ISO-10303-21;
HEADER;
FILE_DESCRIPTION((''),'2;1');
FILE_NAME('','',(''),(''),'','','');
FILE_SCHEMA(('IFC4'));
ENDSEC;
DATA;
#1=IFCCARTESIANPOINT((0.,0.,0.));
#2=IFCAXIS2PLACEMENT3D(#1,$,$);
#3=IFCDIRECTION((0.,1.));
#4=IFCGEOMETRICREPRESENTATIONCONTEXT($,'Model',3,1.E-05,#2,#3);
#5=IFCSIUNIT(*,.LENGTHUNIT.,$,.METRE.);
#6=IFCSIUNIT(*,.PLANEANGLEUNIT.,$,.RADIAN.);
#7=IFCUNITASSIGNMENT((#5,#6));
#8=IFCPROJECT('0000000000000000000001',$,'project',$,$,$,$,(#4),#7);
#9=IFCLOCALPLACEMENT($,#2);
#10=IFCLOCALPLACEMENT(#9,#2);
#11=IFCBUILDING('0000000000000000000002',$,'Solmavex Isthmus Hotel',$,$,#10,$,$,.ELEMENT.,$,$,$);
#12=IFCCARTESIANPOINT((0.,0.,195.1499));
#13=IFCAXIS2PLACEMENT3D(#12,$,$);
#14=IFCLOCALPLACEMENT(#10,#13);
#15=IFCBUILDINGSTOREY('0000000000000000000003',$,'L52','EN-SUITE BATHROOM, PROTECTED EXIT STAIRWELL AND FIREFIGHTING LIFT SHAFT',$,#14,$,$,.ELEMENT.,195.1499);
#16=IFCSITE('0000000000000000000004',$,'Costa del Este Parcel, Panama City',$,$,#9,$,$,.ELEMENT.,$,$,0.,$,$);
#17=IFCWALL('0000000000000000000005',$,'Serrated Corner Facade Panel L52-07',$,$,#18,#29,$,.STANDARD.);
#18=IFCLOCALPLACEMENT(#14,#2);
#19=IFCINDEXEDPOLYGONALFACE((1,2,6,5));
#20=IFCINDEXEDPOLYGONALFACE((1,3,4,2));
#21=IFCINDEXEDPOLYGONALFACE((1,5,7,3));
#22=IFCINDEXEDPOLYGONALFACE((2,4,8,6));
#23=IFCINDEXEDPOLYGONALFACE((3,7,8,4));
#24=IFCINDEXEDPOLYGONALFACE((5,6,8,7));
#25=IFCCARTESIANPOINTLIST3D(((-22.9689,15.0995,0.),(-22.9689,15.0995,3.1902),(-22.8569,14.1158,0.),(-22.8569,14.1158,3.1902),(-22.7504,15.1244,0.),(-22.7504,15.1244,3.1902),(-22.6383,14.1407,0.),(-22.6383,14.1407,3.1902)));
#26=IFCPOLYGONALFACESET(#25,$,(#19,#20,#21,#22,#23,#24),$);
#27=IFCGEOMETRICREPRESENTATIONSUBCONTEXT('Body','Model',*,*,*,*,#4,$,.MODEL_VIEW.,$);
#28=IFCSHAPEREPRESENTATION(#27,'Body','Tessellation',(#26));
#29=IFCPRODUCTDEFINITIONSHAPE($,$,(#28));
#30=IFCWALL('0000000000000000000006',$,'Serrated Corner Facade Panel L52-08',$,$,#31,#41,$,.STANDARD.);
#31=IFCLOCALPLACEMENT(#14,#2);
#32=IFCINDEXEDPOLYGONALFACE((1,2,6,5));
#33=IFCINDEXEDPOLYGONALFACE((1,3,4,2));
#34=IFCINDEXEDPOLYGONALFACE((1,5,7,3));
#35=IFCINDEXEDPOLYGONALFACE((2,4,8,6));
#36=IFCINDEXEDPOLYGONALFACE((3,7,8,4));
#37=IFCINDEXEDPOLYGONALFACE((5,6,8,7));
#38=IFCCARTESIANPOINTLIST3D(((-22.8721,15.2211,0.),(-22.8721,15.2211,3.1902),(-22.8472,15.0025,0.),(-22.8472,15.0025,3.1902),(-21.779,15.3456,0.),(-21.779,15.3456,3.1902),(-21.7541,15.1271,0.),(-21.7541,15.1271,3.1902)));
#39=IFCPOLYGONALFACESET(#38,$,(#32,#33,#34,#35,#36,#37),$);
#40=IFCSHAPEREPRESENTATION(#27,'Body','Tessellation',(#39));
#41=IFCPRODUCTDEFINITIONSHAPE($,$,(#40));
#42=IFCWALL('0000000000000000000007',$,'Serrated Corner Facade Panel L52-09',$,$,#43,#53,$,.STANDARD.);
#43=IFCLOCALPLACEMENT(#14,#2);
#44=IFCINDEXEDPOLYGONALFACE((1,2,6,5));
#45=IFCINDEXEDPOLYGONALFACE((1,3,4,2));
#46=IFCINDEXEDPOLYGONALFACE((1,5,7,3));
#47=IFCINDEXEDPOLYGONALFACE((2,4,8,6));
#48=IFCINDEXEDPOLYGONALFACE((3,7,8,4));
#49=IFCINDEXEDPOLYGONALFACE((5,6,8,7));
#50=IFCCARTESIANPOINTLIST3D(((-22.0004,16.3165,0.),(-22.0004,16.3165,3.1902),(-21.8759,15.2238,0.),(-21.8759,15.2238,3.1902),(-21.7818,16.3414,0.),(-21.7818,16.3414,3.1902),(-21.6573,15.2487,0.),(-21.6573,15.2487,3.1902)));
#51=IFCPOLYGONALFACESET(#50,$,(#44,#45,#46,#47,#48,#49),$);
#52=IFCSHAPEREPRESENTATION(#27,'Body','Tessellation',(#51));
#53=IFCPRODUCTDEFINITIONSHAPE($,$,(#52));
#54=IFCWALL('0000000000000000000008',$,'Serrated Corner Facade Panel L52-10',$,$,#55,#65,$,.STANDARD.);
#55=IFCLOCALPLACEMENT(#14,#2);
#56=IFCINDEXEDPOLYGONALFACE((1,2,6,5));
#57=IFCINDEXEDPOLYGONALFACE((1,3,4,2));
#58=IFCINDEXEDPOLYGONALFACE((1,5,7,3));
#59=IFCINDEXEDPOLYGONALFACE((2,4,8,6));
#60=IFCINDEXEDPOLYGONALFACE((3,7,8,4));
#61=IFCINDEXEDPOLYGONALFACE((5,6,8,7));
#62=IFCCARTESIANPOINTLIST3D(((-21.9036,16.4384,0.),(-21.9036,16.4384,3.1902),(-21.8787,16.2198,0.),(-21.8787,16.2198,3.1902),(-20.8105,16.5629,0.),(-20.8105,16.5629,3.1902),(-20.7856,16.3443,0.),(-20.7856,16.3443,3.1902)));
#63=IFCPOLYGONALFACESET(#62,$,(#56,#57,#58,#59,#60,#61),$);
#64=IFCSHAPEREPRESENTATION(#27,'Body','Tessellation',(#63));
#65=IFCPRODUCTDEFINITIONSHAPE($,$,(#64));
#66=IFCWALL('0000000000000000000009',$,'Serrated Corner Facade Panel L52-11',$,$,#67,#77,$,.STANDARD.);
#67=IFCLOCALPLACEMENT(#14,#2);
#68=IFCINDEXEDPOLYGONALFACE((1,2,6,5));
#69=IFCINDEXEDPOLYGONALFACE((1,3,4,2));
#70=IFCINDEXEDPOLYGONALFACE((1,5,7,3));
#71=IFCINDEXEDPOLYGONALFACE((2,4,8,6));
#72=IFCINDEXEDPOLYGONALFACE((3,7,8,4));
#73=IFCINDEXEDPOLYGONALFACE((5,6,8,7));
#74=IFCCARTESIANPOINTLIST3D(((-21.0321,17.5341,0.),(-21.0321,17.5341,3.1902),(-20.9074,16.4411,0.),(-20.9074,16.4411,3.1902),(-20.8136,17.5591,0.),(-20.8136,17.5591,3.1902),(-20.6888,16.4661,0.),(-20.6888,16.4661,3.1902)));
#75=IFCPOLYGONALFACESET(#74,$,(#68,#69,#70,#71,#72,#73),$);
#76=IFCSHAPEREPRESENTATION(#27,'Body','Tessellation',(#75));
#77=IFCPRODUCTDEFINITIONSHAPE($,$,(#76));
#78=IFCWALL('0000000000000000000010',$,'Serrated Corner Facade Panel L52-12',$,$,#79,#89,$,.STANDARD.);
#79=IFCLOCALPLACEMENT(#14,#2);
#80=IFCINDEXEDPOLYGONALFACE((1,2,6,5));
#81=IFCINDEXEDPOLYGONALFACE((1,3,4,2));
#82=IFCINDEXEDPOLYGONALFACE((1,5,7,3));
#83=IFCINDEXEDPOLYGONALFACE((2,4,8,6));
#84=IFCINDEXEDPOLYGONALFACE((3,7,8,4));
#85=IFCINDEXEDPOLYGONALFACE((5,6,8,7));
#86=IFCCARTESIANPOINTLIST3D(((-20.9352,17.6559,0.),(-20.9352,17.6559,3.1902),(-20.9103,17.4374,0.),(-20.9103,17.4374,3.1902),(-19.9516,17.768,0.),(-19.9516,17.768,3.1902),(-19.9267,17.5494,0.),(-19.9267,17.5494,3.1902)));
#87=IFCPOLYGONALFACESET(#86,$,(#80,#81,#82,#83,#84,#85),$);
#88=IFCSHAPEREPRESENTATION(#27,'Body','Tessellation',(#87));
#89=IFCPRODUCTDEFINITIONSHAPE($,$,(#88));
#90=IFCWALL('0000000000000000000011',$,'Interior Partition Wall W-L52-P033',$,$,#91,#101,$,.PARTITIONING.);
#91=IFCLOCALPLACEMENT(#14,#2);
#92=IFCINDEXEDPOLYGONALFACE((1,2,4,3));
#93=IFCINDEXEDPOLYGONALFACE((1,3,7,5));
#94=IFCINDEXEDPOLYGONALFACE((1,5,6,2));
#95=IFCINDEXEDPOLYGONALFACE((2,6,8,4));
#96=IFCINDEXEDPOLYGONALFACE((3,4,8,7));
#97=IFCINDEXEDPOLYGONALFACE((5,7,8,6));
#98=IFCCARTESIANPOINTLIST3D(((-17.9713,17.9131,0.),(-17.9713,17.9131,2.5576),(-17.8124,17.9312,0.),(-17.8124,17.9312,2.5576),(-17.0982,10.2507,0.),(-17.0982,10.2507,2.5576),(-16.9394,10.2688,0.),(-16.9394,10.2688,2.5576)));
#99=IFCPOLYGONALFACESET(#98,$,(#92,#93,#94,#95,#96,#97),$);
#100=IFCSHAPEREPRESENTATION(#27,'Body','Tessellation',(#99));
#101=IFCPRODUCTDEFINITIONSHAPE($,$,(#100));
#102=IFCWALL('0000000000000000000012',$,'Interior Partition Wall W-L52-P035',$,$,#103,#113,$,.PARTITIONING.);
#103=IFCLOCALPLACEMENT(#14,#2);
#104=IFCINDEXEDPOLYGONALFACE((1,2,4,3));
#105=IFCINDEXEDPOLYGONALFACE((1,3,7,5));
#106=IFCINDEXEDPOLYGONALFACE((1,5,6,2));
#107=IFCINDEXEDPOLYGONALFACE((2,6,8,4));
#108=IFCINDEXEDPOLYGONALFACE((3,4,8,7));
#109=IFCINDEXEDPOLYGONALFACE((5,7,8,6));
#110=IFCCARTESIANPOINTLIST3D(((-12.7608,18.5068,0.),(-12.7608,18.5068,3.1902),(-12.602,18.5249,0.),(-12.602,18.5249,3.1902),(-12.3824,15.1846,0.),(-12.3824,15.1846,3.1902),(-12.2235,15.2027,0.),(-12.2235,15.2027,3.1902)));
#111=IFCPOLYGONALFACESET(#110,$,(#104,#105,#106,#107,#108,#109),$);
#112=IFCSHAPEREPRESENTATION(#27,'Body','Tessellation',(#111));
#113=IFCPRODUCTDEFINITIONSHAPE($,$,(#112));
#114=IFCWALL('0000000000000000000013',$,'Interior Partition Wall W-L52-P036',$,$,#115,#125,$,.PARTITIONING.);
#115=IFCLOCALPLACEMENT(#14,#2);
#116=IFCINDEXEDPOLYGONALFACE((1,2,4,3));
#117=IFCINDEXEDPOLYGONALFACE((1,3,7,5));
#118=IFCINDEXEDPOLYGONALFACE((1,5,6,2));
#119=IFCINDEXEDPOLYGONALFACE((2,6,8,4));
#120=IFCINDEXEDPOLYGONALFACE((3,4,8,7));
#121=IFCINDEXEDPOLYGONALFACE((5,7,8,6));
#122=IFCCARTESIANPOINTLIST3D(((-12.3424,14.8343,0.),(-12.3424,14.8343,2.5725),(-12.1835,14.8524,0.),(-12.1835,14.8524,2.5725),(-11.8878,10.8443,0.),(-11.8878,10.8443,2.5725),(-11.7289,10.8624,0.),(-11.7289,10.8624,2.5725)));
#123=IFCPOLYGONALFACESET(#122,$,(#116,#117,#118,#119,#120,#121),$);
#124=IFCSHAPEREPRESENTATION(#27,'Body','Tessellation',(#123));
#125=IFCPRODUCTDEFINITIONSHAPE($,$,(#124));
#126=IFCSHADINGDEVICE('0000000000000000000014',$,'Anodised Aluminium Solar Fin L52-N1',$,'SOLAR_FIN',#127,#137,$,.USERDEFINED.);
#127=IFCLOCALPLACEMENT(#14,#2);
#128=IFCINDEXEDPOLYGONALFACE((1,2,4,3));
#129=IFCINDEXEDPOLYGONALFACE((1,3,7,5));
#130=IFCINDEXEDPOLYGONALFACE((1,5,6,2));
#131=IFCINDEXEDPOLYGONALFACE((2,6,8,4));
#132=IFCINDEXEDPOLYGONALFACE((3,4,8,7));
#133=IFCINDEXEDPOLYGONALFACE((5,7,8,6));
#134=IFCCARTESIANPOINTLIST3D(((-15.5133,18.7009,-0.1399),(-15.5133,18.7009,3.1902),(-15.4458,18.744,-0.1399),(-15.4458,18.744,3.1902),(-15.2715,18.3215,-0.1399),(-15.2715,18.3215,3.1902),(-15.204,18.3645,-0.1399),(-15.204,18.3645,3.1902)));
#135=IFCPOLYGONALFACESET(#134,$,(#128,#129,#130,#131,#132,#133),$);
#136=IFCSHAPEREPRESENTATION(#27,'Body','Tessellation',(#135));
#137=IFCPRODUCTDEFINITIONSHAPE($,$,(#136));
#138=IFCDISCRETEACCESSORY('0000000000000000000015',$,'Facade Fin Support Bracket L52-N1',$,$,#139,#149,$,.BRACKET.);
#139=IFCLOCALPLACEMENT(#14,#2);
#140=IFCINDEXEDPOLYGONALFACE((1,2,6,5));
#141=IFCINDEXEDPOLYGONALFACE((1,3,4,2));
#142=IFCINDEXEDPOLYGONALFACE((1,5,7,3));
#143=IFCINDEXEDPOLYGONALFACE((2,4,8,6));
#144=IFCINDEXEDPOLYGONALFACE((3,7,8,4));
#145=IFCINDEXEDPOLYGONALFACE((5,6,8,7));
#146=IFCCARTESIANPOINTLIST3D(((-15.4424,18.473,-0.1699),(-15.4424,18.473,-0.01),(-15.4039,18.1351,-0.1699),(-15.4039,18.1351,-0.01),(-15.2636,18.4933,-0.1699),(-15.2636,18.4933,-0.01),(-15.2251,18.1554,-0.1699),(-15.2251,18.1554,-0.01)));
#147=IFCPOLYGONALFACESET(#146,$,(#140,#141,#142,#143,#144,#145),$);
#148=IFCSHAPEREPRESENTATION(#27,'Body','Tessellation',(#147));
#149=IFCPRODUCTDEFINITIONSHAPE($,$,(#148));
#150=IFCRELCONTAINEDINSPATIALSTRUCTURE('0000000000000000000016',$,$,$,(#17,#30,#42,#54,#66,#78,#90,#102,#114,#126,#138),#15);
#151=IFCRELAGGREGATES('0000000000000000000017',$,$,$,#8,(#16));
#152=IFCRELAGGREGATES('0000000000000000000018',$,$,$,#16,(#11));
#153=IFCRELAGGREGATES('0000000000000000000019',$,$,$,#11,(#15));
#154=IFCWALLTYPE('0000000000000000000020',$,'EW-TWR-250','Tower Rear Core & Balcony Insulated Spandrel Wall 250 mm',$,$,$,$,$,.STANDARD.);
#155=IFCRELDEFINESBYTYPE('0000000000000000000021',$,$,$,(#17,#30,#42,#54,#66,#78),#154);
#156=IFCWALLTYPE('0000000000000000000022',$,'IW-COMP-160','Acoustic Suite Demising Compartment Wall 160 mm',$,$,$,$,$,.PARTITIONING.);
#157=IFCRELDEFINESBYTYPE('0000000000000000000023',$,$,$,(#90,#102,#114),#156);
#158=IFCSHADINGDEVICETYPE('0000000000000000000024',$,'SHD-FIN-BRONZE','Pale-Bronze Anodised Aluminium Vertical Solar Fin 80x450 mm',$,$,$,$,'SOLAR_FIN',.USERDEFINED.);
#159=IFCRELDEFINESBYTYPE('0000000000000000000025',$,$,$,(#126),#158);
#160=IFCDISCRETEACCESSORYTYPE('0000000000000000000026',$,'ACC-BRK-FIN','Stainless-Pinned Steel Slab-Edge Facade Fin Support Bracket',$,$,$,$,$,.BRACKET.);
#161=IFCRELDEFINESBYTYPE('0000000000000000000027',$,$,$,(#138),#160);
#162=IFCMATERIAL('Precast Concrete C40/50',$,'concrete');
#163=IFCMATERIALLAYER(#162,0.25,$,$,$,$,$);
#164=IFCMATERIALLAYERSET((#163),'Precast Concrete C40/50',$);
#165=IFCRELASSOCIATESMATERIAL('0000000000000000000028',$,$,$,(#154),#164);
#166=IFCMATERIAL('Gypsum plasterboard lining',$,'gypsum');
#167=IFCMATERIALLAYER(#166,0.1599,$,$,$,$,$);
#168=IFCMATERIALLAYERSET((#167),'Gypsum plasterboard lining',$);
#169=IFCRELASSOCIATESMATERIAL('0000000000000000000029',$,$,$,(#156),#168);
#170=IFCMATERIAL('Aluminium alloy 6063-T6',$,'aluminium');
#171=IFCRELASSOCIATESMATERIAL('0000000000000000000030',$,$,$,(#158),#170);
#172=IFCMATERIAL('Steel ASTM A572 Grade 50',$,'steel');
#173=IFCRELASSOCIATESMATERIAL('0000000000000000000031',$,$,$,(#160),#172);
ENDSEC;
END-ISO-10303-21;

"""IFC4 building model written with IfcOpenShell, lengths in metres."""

from ifc_helpers import new_model, si_unit, direction, frame, frame_2d, origin, origin_2d, place, context, subcontext, project, spatial, rectangle, extrude, material, layer, layer_set, type_object, element, save


model = new_model("IFC4")

# Units and contexts
model_context = context("Model", 3, precision=1e-05, world=origin(), true_north=direction((0.0, 1.0)))
body_context = subcontext(model_context, "Body", "Model", "MODEL_VIEW")
ifc_project = project(units=[si_unit("LENGTHUNIT", "METRE"), si_unit("PLANEANGLEUNIT", "RADIAN")], contexts=[model_context])

# Site, building, storey
site_placement = place(None, origin())
site = spatial("IfcSite", under=ifc_project, at=site_placement, Name="Costa del Este Parcel, Panama City", CompositionType="ELEMENT", RefElevation=0.0)
building_placement = place(site_placement, origin())
building = spatial("IfcBuilding", under=site, at=building_placement, Name="Solmavex Isthmus Hotel", CompositionType="ELEMENT")
storey_placement = place(building_placement, frame((0.0, 0.0, 195.1499)))
storey = spatial("IfcBuildingStorey", under=building, at=storey_placement, Name="L52", Description="EN-SUITE BATHROOM, PROTECTED EXIT STAIRWELL AND FIREFIGHTING LIFT SHAFT", CompositionType="ELEMENT", Elevation=195.1499)

# Shared definitions
ifc_material_1 = material(Name="Aluminium alloy 6063-T6", Category="aluminium")

# Walls
ifc_material_2 = material(Name="Precast Concrete C40/50", Category="concrete")
ifc_layer_1 = layer(ifc_material_2, 0.25)
ifc_layer_set_1 = layer_set([ifc_layer_1], Name="Precast Concrete C40/50")
wall_type_1 = type_object("IfcWallType", Name="EW-TWR-250", Description="Tower Rear Core & Balcony Insulated Spandrel Wall 250 mm", PredefinedType="STANDARD", material=ifc_layer_set_1)
wall_1_placement = place(storey_placement, frame((-22.7476, 14.1282, 0.0), z_axis=(0.0, 0.0, 1.0), x_axis=(-0.113192, 0.993573, 0.0)))
element("IfcWall", 1, at=wall_1_placement, inside=storey, type_object=wall_type_1, Name="Serrated Corner Facade Panel L52-07", PredefinedType="STANDARD", context=body_context, shape_type="SweptSolid", body=[
    extrude(rectangle(XDim=0.99, YDim=0.22, at=frame_2d((0.4951, 0.0))), origin(), (0.0, 0.0, 1.0), 3.1902),
])
wall_2_placement = place(storey_placement, frame((-22.8596, 15.1118, 0.0), z_axis=(0.0, 0.0, 1.0), x_axis=(0.993574, 0.113184, 0.0)))
element("IfcWall", 2, at=wall_2_placement, inside=storey, type_object=wall_type_1, Name="Serrated Corner Facade Panel L52-08", PredefinedType="STANDARD", context=body_context, shape_type="SweptSolid", body=[
    extrude(rectangle(XDim=1.1001, YDim=0.22, at=frame_2d((0.55, 0.0))), origin(), (0.0, 0.0, 1.0), 3.1902),
])
wall_3_placement = place(storey_placement, frame((-21.7666, 15.2363, 0.0), z_axis=(0.0, 0.0, 1.0), x_axis=(-0.113209, 0.993571, 0.0)))
element("IfcWall", 3, at=wall_3_placement, inside=storey, type_object=wall_type_1, Name="Serrated Corner Facade Panel L52-09", PredefinedType="STANDARD", context=body_context, shape_type="SweptSolid", body=[
    extrude(rectangle(XDim=1.0999, YDim=0.22, at=frame_2d((0.5498, 0.0))), origin(), (0.0, 0.0, 1.0), 3.1902),
])
for number, where, z_axis, x_axis, name in (
    (4, (-21.8911, 16.3291, 0.0), (0.0, 0.0, 1.0), (0.993574, 0.113184, 0.0), "Serrated Corner Facade Panel L52-10"),
    (5, (-20.7981, 16.4536, 0.0), (0.0, 0.0, 1.0), (-0.113403, 0.993549, 0.0), "Serrated Corner Facade Panel L52-11"),
):
    element("IfcWall", number, at=place(storey_placement, frame(where, z_axis=z_axis, x_axis=x_axis)), inside=storey, type_object=wall_type_1, Name=name, PredefinedType="STANDARD", context=body_context, shape_type="SweptSolid", body=[
        extrude(rectangle(XDim=1.1001, YDim=0.22, at=frame_2d((0.55, 0.0))), origin(), (0.0, 0.0, 1.0), 3.1902),
    ])
wall_4_placement = place(storey_placement, frame((-20.9229, 17.5466, 0.0), z_axis=(0.0, 0.0, 1.0), x_axis=(0.993573, 0.113192, 0.0)))
element("IfcWall", 6, at=wall_4_placement, inside=storey, type_object=wall_type_1, Name="Serrated Corner Facade Panel L52-12", PredefinedType="STANDARD", context=body_context, shape_type="SweptSolid", body=[
    extrude(rectangle(XDim=0.99, YDim=0.22, at=frame_2d((0.4951, 0.0))), origin(), (0.0, 0.0, 1.0), 3.1902),
])
ifc_material_3 = material(Name="Gypsum plasterboard lining", Category="gypsum")
ifc_layer_2 = layer(ifc_material_3, 0.1599)
ifc_layer_set_2 = layer_set([ifc_layer_2], Name="Gypsum plasterboard lining")
wall_type_2 = type_object("IfcWallType", Name="IW-COMP-160", Description="Acoustic Suite Demising Compartment Wall 160 mm", PredefinedType="PARTITIONING", material=ifc_layer_set_2)
wall_5_placement = place(storey_placement, frame((-17.8918, 17.9221, 0.0), z_axis=(0.0, 0.0, 1.0), x_axis=(0.113207, -0.993571, 0.0)))
element("IfcWall", 7, at=wall_5_placement, inside=storey, type_object=wall_type_2, Name="Interior Partition Wall W-L52-P033", PredefinedType="PARTITIONING", context=body_context, shape_type="SweptSolid", body=[
    extrude(rectangle(XDim=7.7119, YDim=0.1599, at=frame_2d((3.856, 0.0))), origin(), (0.0, 0.0, 1.0), 2.5576),
])
wall_6_placement = place(storey_placement, frame((-12.6814, 18.5159, 0.0), z_axis=(0.0, 0.0, 1.0), x_axis=(0.113172, -0.993575, 0.0)))
element("IfcWall", 8, at=wall_6_placement, inside=storey, type_object=wall_type_2, Name="Interior Partition Wall W-L52-P035", PredefinedType="PARTITIONING", context=body_context, shape_type="SweptSolid", body=[
    extrude(rectangle(XDim=3.3438, YDim=0.1599, at=frame_2d((1.6719, 0.0))), origin(), (0.0, 0.0, 1.0), 3.1902),
])
wall_7_placement = place(storey_placement, frame((-12.2629, 14.8433, 0.0), z_axis=(0.0, 0.0, 1.0), x_axis=(0.1132, -0.993572, 0.0)))
element("IfcWall", 9, at=wall_7_placement, inside=storey, type_object=wall_type_2, Name="Interior Partition Wall W-L52-P036", PredefinedType="PARTITIONING", context=body_context, shape_type="SweptSolid", body=[
    extrude(rectangle(XDim=4.0159, YDim=0.1599, at=frame_2d((2.0078, 0.0))), origin(), (0.0, 0.0, 1.0), 2.5725),
])

# Shading device
shading_device_type = type_object("IfcShadingDeviceType", Name="SHD-FIN-BRONZE", Description="Pale-Bronze Anodised Aluminium Vertical Solar Fin 80x450 mm", ElementType="SOLAR_FIN", PredefinedType="USERDEFINED", material=ifc_material_1)
shading_device_placement = place(storey_placement, frame((-15.3586, 18.5327, -0.1399), z_axis=(0.0, 0.0, 1.0), x_axis=(-0.5373, 0.843391, 0.0)))
element("IfcShadingDevice", 10, at=shading_device_placement, inside=storey, type_object=shading_device_type, Name="Anodised Aluminium Solar Fin L52-N1", ObjectType="SOLAR_FIN", PredefinedType="USERDEFINED", context=body_context, shape_type="SweptSolid", body=[
    extrude(rectangle(XDim=0.45, YDim=0.0801, at=origin_2d()), origin(), (0.0, 0.0, 1.0), 3.3301),
])

# Discrete accessory
ifc_material_4 = material(Name="Steel ASTM A572 Grade 50", Category="steel")
discrete_accessory_type = type_object("IfcDiscreteAccessoryType", Name="ACC-BRK-FIN", Description="Stainless-Pinned Steel Slab-Edge Facade Fin Support Bracket", PredefinedType="BRACKET", material=ifc_material_4)
discrete_accessory_placement = place(storey_placement, frame((-15.3337, 18.3142, -0.1699), z_axis=(0.0, 0.0, 1.0), x_axis=(-0.113203, 0.993572, 0.0)))
element("IfcDiscreteAccessory", 11, at=discrete_accessory_placement, inside=storey, type_object=discrete_accessory_type, Name="Facade Fin Support Bracket L52-N1", PredefinedType="BRACKET", context=body_context, shape_type="SweptSolid", body=[
    extrude(rectangle(XDim=0.3401, YDim=0.1799, at=origin_2d()), origin(), (0.0, 0.0, 1.0), 0.1599),
])

save(model, "model.ifc")
